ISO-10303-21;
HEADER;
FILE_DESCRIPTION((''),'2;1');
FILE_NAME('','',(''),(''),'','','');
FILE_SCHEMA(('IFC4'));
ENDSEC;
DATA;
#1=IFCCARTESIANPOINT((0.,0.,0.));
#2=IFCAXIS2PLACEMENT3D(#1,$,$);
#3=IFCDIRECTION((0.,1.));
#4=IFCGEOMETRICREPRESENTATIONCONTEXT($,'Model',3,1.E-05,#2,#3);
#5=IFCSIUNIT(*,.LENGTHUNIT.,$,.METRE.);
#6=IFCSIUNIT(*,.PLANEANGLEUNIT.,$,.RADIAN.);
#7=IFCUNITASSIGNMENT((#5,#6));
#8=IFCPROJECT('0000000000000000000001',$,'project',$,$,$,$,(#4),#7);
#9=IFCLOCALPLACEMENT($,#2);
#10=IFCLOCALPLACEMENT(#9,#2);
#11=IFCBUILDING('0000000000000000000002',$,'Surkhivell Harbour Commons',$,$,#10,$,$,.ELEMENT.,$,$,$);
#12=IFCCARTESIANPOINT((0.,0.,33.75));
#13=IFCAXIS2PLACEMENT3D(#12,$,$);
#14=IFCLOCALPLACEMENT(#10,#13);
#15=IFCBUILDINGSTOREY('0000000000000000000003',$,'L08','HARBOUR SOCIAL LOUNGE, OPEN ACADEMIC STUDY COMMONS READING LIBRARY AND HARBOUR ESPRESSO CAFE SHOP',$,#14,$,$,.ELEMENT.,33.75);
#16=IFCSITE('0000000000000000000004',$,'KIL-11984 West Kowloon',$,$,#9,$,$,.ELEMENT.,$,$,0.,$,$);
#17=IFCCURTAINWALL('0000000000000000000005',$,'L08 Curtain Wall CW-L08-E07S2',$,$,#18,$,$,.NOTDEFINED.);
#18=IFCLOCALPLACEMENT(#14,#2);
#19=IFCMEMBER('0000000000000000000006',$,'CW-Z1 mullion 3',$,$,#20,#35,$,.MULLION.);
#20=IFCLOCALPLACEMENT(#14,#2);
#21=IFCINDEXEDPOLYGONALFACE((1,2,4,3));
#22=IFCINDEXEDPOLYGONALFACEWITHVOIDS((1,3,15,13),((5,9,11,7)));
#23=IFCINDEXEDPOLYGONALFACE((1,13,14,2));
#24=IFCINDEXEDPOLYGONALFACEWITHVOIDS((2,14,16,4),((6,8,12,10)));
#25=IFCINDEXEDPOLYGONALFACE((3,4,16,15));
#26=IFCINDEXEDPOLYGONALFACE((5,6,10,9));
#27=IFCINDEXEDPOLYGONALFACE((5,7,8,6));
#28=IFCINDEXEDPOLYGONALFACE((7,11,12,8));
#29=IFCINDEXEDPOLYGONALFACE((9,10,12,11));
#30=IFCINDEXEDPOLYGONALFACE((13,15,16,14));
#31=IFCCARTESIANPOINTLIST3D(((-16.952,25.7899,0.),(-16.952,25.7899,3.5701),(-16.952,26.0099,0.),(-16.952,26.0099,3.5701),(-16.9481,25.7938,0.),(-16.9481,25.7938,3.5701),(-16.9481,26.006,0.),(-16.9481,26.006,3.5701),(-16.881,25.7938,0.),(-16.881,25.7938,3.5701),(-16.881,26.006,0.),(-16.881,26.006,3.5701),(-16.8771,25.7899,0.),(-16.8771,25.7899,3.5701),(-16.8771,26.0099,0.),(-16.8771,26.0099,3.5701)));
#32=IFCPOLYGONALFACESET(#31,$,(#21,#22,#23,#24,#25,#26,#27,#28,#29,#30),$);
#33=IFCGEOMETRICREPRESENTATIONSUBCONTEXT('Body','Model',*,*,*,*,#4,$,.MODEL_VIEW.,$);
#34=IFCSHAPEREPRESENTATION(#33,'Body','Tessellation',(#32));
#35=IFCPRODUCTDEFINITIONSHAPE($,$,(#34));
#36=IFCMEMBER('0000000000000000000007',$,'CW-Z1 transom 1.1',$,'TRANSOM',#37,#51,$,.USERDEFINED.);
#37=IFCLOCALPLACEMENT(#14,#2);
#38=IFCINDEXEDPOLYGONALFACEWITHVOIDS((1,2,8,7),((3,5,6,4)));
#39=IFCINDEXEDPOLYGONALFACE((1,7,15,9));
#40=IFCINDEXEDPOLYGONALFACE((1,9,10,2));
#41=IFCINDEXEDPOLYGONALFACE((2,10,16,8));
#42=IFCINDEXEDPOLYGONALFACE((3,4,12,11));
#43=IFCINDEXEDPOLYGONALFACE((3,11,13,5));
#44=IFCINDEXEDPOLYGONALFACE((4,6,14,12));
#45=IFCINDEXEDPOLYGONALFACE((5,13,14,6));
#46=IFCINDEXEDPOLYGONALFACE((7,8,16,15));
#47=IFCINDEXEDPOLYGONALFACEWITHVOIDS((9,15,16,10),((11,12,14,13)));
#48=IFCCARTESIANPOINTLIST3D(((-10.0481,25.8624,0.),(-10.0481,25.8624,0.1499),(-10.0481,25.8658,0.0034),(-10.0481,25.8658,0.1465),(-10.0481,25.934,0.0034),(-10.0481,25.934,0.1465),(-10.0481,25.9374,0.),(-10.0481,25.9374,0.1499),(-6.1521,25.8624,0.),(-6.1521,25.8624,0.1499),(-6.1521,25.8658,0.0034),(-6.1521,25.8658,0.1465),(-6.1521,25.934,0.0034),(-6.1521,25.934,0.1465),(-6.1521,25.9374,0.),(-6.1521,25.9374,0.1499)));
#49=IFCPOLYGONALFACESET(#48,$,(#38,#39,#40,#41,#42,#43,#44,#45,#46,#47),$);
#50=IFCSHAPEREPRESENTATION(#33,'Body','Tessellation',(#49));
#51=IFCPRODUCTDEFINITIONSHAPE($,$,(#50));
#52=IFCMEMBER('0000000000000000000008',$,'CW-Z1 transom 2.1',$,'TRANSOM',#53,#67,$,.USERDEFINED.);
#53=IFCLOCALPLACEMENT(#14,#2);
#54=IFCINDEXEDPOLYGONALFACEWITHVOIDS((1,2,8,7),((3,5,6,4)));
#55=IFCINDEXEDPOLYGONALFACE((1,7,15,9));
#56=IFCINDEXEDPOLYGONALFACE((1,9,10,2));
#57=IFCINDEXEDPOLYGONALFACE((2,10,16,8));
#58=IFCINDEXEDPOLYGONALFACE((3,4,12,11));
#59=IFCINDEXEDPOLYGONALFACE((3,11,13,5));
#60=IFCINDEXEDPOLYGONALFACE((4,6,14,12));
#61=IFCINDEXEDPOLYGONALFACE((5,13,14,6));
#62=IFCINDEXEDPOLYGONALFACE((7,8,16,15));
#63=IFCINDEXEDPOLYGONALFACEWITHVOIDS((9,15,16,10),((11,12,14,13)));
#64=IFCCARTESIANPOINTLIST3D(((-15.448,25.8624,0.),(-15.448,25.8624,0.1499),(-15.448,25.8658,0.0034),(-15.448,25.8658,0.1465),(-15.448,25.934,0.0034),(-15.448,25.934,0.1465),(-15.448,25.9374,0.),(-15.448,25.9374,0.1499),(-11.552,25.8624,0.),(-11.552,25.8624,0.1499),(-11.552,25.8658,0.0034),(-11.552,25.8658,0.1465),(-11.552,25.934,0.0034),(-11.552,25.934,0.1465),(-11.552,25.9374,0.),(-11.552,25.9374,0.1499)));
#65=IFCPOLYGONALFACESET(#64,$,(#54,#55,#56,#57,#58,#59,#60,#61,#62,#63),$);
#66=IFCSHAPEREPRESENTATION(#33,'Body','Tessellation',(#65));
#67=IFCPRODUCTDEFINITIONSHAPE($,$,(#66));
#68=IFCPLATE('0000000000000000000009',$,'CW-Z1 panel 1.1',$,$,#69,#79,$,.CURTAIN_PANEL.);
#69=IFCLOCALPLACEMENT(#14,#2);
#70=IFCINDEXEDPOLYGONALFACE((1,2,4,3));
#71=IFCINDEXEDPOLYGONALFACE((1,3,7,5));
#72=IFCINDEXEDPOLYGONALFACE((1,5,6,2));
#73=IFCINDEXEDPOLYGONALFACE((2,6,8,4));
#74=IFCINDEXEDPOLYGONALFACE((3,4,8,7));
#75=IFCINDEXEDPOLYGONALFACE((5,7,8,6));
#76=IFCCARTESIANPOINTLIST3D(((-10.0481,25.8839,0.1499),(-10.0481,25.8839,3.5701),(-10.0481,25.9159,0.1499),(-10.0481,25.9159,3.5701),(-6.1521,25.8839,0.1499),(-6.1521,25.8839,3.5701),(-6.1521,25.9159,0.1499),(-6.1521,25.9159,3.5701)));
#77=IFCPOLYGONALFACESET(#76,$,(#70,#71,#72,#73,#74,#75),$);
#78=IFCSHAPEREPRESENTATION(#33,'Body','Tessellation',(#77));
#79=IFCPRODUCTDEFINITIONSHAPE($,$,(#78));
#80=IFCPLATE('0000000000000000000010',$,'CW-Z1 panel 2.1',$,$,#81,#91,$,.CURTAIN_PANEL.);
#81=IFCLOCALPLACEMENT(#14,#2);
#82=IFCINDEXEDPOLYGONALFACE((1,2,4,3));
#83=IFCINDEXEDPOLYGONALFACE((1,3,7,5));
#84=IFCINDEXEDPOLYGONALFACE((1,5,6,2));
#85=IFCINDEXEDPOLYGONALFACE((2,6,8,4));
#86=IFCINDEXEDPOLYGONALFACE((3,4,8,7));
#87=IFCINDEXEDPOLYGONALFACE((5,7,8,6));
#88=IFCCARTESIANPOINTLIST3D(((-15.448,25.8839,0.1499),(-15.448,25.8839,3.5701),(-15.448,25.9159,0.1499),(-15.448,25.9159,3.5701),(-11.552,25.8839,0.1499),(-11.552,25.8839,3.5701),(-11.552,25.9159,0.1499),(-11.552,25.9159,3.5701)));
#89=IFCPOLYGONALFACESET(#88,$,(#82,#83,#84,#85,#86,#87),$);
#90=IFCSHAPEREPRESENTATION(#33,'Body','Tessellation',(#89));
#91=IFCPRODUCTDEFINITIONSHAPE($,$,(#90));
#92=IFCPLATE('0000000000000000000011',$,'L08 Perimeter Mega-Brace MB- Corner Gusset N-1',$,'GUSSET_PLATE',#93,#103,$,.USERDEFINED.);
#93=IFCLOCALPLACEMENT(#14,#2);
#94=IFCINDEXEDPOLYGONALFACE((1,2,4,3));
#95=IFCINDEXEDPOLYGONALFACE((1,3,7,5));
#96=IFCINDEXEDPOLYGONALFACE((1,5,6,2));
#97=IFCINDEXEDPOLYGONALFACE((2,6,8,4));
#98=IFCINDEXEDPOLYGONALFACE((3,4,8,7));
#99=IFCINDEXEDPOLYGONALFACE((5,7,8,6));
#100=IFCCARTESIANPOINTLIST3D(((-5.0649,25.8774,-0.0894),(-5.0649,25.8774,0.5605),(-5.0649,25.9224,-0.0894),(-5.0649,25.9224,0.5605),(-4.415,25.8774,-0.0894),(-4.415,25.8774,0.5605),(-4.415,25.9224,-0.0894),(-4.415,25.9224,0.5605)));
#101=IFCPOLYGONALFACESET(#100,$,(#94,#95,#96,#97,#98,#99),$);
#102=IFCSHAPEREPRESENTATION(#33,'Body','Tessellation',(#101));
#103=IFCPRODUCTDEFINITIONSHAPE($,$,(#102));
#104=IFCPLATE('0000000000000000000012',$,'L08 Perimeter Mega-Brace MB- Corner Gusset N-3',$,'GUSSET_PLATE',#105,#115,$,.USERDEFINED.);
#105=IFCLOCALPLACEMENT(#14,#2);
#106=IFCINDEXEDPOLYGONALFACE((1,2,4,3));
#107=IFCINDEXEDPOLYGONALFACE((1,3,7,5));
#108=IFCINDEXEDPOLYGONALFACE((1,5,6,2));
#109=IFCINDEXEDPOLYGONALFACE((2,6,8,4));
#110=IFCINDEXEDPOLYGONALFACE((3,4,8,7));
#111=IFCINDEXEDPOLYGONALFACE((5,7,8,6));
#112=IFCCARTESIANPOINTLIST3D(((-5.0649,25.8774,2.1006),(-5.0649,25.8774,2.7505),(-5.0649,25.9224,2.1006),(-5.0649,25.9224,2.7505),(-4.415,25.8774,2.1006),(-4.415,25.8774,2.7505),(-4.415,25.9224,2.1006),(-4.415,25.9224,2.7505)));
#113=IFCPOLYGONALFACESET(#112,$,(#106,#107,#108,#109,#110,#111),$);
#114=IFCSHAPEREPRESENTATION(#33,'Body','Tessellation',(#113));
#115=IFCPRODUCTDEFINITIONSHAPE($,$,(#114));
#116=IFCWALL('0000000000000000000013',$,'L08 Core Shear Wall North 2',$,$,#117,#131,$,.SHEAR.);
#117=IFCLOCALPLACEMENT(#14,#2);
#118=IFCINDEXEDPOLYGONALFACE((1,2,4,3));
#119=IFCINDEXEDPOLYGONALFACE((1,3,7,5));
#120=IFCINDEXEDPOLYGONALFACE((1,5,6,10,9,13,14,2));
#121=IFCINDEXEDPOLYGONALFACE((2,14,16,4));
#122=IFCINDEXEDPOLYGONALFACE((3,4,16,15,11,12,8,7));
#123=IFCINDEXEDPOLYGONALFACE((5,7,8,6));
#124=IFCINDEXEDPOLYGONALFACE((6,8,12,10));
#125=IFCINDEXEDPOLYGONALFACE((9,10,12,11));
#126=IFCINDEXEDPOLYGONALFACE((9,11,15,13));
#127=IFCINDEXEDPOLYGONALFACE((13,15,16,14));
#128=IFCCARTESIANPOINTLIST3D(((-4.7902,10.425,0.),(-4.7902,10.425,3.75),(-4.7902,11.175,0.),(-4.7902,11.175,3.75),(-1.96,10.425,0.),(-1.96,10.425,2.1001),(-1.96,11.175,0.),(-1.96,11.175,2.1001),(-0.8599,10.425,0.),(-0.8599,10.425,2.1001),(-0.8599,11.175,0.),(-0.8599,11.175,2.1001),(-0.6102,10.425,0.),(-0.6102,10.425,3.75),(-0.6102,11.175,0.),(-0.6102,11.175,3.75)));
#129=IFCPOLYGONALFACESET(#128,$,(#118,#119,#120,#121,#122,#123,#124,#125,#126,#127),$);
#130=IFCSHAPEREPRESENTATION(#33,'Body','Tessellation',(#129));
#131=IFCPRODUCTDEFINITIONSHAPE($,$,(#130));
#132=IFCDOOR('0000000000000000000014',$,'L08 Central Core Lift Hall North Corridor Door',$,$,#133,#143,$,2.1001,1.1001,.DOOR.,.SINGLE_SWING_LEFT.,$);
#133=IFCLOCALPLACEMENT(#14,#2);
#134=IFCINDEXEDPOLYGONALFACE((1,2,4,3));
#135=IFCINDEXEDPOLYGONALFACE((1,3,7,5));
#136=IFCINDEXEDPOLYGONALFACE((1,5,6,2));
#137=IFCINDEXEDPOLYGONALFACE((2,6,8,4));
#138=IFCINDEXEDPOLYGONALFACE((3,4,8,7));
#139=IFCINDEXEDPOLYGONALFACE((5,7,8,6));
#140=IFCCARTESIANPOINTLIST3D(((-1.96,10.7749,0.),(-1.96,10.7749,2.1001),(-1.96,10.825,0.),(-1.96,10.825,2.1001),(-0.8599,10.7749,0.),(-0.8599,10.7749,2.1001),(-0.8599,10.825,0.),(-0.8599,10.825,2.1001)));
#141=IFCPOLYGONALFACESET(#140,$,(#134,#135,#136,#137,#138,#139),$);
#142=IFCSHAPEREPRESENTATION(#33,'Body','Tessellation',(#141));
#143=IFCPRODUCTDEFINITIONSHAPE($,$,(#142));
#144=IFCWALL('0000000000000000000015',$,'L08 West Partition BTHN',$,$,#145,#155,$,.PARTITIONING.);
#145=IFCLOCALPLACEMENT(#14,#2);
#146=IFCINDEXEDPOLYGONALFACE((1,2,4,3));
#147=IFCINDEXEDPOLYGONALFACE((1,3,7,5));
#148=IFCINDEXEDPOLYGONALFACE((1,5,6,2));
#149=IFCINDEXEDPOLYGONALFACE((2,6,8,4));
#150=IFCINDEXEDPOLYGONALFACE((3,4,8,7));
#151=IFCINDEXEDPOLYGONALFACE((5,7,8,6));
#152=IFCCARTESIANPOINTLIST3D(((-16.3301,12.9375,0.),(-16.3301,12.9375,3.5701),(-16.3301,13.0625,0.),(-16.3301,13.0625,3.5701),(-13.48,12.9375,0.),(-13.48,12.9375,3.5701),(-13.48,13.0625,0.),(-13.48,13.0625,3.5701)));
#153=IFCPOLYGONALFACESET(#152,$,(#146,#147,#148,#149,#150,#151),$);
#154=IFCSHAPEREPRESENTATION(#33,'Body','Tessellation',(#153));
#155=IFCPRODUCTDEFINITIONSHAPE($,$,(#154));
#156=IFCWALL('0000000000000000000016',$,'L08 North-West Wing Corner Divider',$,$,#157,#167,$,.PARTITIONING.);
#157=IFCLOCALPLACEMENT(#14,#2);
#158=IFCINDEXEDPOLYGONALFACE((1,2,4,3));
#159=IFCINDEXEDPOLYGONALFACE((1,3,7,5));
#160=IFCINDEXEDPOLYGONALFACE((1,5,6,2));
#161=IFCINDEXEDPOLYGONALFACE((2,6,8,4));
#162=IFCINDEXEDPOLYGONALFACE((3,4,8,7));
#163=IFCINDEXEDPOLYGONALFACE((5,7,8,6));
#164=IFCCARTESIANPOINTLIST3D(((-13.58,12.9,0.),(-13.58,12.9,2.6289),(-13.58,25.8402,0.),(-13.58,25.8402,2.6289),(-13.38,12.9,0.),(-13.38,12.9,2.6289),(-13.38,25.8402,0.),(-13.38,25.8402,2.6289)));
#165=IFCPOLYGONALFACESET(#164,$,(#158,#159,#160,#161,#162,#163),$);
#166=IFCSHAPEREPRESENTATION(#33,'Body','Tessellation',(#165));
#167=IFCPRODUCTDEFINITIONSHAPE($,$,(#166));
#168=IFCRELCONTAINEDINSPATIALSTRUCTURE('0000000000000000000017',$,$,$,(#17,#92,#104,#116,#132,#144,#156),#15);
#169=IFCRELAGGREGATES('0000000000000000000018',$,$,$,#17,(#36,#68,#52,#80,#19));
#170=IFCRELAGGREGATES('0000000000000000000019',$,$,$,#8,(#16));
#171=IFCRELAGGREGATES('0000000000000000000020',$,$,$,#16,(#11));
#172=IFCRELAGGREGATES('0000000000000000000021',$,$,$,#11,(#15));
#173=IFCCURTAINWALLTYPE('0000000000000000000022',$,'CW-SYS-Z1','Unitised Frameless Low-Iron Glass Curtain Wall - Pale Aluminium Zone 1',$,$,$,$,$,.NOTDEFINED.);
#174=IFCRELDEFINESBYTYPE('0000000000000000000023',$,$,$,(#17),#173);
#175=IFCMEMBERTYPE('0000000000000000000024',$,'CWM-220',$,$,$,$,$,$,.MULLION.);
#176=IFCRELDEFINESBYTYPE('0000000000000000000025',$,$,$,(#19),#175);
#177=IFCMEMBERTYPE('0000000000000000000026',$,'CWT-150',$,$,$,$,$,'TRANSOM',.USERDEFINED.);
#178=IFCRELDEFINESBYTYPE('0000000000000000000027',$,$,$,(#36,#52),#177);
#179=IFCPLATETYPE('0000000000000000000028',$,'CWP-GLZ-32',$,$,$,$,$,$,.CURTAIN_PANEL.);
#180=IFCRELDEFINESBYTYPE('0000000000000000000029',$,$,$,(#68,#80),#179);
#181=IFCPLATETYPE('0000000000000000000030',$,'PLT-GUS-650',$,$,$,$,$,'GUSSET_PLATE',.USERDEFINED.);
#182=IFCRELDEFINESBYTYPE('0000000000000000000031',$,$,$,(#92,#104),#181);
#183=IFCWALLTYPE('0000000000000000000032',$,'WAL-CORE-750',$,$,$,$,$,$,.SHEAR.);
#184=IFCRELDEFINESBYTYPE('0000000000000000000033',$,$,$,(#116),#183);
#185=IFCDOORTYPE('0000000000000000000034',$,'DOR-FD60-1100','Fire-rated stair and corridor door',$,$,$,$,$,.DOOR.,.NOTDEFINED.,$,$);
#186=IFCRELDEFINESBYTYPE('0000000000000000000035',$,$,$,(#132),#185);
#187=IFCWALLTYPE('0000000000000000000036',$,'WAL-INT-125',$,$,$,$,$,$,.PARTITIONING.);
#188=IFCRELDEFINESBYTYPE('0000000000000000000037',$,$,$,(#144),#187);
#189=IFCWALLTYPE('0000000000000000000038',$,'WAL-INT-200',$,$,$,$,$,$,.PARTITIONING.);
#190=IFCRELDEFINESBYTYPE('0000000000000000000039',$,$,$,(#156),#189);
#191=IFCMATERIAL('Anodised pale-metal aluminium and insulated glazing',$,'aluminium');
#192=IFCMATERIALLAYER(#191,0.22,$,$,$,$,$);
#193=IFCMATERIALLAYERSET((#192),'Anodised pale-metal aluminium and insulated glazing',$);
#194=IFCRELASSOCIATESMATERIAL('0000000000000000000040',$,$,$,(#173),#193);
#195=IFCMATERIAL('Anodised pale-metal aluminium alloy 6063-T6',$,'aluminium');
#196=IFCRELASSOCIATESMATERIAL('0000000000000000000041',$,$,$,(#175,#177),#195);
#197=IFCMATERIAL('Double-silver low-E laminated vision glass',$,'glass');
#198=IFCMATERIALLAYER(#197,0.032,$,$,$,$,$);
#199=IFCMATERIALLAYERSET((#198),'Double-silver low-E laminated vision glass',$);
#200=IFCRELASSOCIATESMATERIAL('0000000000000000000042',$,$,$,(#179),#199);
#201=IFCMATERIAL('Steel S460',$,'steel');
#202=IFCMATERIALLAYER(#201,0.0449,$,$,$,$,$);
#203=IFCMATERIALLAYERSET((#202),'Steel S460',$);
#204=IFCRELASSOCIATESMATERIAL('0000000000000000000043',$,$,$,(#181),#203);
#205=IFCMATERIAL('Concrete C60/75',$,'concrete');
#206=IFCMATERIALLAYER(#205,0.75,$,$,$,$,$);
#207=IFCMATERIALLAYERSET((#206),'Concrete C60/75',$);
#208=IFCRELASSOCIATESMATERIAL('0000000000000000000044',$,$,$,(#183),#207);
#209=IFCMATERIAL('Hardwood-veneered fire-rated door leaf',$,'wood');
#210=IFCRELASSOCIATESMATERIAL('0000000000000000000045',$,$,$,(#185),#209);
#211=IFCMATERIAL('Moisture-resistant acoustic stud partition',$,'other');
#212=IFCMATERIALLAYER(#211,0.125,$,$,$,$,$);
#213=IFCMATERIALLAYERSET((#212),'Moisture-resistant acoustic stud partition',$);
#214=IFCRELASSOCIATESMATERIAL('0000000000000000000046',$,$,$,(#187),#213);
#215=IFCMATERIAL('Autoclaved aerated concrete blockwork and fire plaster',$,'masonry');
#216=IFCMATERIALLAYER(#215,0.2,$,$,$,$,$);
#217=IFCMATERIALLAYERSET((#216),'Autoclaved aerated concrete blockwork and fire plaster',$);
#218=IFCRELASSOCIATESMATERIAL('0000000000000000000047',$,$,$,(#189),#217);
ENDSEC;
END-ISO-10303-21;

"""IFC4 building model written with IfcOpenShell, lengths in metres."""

from ifc_helpers import new_model, si_unit, direction, frame, frame_2d, origin, origin_2d, place, context, subcontext, project, spatial, rectangle, hollow_rectangle, extrude, material, layer, layer_set, material_profile, profile_set, type_object, element, fill, aggregate, save


model = new_model("IFC4")

# Units and contexts
model_context = context("Model", 3, precision=1e-05, world=origin(), true_north=direction((0.0, 1.0)))
body_context = subcontext(model_context, "Body", "Model", "MODEL_VIEW")
ifc_project = project(units=[si_unit("LENGTHUNIT", "METRE"), si_unit("PLANEANGLEUNIT", "RADIAN")], contexts=[model_context])

# Site, building, storey
site_placement = place(None, origin())
site = spatial("IfcSite", under=ifc_project, at=site_placement, Name="KIL-11984 West Kowloon", CompositionType="ELEMENT", RefElevation=0.0)
building_placement = place(site_placement, origin())
building = spatial("IfcBuilding", under=site, at=building_placement, Name="Surkhivell Harbour Commons", CompositionType="ELEMENT")
storey_placement = place(building_placement, frame((0.0, 0.0, 33.75)))
storey = spatial("IfcBuildingStorey", under=building, at=storey_placement, Name="L08", Description="HARBOUR SOCIAL LOUNGE, OPEN ACADEMIC STUDY COMMONS READING LIBRARY AND HARBOUR ESPRESSO CAFE SHOP", CompositionType="ELEMENT", Elevation=33.75)

# Shared definitions
ifc_material_1 = material(Name="Steel S460", Category="steel")

# Curtain wall, members, plates
ifc_material_2 = material(Name="Anodised pale-metal aluminium and insulated glazing", Category="aluminium")
ifc_layer_1 = layer(ifc_material_2, 0.22)
ifc_layer_set_1 = layer_set([ifc_layer_1], Name="Anodised pale-metal aluminium and insulated glazing")
curtain_wall_type = type_object("IfcCurtainWallType", Name="CW-SYS-Z1", Description="Unitised Frameless Low-Iron Glass Curtain Wall - Pale Aluminium Zone 1", PredefinedType="NOTDEFINED", material=ifc_layer_set_1)
curtain_wall_placement = place(storey_placement, origin())
curtain_wall = element("IfcCurtainWall", 1, at=curtain_wall_placement, inside=storey, type_object=curtain_wall_type, Name="L08 Curtain Wall CW-L08-E07S2", PredefinedType="NOTDEFINED")
ifc_material_3 = material(Name="Anodised pale-metal aluminium alloy 6063-T6", Category="aluminium")
ifc_material_profile_1 = material_profile(ifc_material_3, hollow_rectangle(XDim=0.075, YDim=0.22, WallThickness=0.0039, at=origin_2d()), Name="ALU-MULL-75x220")
ifc_profile_set_1 = profile_set([ifc_material_profile_1], Name="Anodised pale-metal aluminium alloy 6063-T6")
member_type_1 = type_object("IfcMemberType", Name="CWM-220", PredefinedType="MULLION", material=ifc_profile_set_1)
member_1_placement = place(storey_placement, frame((-16.9146, 25.8999, 0.0), z_axis=(0.0, 0.0, 1.0), x_axis=(-1.0, 0.0, 0.0)))
member_1 = element("IfcMember", 2, at=member_1_placement, type_object=member_type_1, Name="CW-Z1 mullion 3", PredefinedType="MULLION", context=body_context, shape_type="SweptSolid", body=[
    extrude(hollow_rectangle(XDim=0.075, YDim=0.22, WallThickness=0.0039, at=origin_2d()), origin(), (0.0, 0.0, 1.0), 3.5701),
])
ifc_material_profile_2 = material_profile(ifc_material_3, hollow_rectangle(XDim=0.075, YDim=0.1499, WallThickness=0.0034, at=origin_2d()), Name="ALU-TRAN-75x150")
ifc_profile_set_2 = profile_set([ifc_material_profile_2], Name="Anodised pale-metal aluminium alloy 6063-T6")
member_type_2 = type_object("IfcMemberType", Name="CWT-150", ElementType="TRANSOM", PredefinedType="USERDEFINED", material=ifc_profile_set_2)
member_2_placement = place(storey_placement, frame((-6.1521, 25.8999, 0.075), z_axis=(-1.0, 0.0, 0.0), x_axis=(0.0, -1.0, 0.0)))
member_2 = element("IfcMember", 3, at=member_2_placement, type_object=member_type_2, Name="CW-Z1 transom 1.1", ObjectType="TRANSOM", PredefinedType="USERDEFINED", context=body_context, shape_type="SweptSolid", body=[
    extrude(hollow_rectangle(XDim=0.075, YDim=0.1499, WallThickness=0.0034, at=origin_2d()), origin(), (0.0, 0.0, 1.0), 3.896),
])
member_3_placement = place(storey_placement, frame((-11.552, 25.8999, 0.075), z_axis=(-1.0, 0.0, 0.0), x_axis=(0.0, -1.0, 0.0)))
member_3 = element("IfcMember", 4, at=member_3_placement, type_object=member_type_2, Name="CW-Z1 transom 2.1", ObjectType="TRANSOM", PredefinedType="USERDEFINED", context=body_context, shape_type="SweptSolid", body=[
    extrude(hollow_rectangle(XDim=0.075, YDim=0.1499, WallThickness=0.0034, at=origin_2d()), origin(), (0.0, 0.0, 1.0), 3.896),
])
ifc_material_4 = material(Name="Double-silver low-E laminated vision glass", Category="glass")
ifc_layer_2 = layer(ifc_material_4, 0.032)
ifc_layer_set_2 = layer_set([ifc_layer_2], Name="Double-silver low-E laminated vision glass")
plate_type_1 = type_object("IfcPlateType", Name="CWP-GLZ-32", PredefinedType="CURTAIN_PANEL", material=ifc_layer_set_2)
plate_1_placement = place(storey_placement, frame((-6.1521, 25.8999, 0.1499), z_axis=(0.0, 0.0, 1.0), x_axis=(-1.0, 0.0, 0.0)))
plate_1 = element("IfcPlate", 5, at=plate_1_placement, type_object=plate_type_1, Name="CW-Z1 panel 1.1", PredefinedType="CURTAIN_PANEL", context=body_context, shape_type="SweptSolid", body=[
    extrude(rectangle(XDim=3.896, YDim=0.032, at=frame_2d((1.948, 0.0))), origin(), (0.0, 0.0, 1.0), 3.4202),
])
plate_2_placement = place(storey_placement, frame((-11.552, 25.8999, 0.1499), z_axis=(0.0, 0.0, 1.0), x_axis=(-1.0, 0.0, 0.0)))
plate_2 = element("IfcPlate", 6, at=plate_2_placement, type_object=plate_type_1, Name="CW-Z1 panel 2.1", PredefinedType="CURTAIN_PANEL", context=body_context, shape_type="SweptSolid", body=[
    extrude(rectangle(XDim=3.896, YDim=0.032, at=frame_2d((1.948, 0.0))), origin(), (0.0, 0.0, 1.0), 3.4202),
])
aggregate(curtain_wall, [member_2, plate_1, member_3, plate_2, member_1])

# Plates
ifc_layer_3 = layer(ifc_material_1, 0.0449)
ifc_layer_set_3 = layer_set([ifc_layer_3], Name="Steel S460")
plate_type_2 = type_object("IfcPlateType", Name="PLT-GUS-650", ElementType="GUSSET_PLATE", PredefinedType="USERDEFINED", material=ifc_layer_set_3)
for number, where, z_axis, x_axis, name in (
    (7, (-4.74, 25.8999, -0.0894), (0.0, 0.0, 1.0), (1.0, 0.0, 0.0), "L08 Perimeter Mega-Brace MB- Corner Gusset N-1"),
    (8, (-4.74, 25.8999, 2.1006), (0.0, 0.0, 1.0), (1.0, 0.0, 0.0), "L08 Perimeter Mega-Brace MB- Corner Gusset N-3"),
):
    element("IfcPlate", number, at=place(storey_placement, frame(where, z_axis=z_axis, x_axis=x_axis)), inside=storey, type_object=plate_type_2, Name=name, ObjectType="GUSSET_PLATE", PredefinedType="USERDEFINED", context=body_context, shape_type="SweptSolid", body=[
        extrude(rectangle(XDim=0.6499, YDim=0.0449, at=origin_2d()), origin(), (0.0, 0.0, 1.0), 0.6499),
    ])

# Wall, opening, door
ifc_material_5 = material(Name="Concrete C60/75", Category="concrete")
ifc_layer_4 = layer(ifc_material_5, 0.75)
ifc_layer_set_4 = layer_set([ifc_layer_4], Name="Concrete C60/75")
wall_type_1 = type_object("IfcWallType", Name="WAL-CORE-750", PredefinedType="SHEAR", material=ifc_layer_set_4)
wall_1_placement = place(storey_placement, frame((-4.79, 10.8, 0.0), z_axis=(0.0, 0.0, 1.0), x_axis=(1.0, 0.0, 0.0)))
wall_1 = element("IfcWall", 9, at=wall_1_placement, inside=storey, type_object=wall_type_1, Name="L08 Core Shear Wall North 2", PredefinedType="SHEAR", context=body_context, shape_type="SweptSolid", body=[
    extrude(rectangle(XDim=4.1799, YDim=0.75, at=frame_2d((2.0898, 0.0))), origin(), (0.0, 0.0, 1.0), 3.75),
])
opening_1_placement = place(wall_1_placement, frame((2.8301, 0.0, 0.0)))
opening_1 = element("IfcOpeningElement", 10, at=opening_1_placement, cuts=wall_1, PredefinedType="OPENING", context=body_context, shape_type="SweptSolid", body=[
    extrude(rectangle(XDim=1.1001, YDim=2.1001, at=frame_2d((0.55, 1.05))), frame((0.0, 0.385, 0.0), z_axis=(0.0, -1.0, 0.0), x_axis=(1.0, 0.0, 0.0)), (0.0, 0.0, 1.0), 0.77),
])
ifc_material_6 = material(Name="Hardwood-veneered fire-rated door leaf", Category="wood")
door_type_1 = type_object("IfcDoorType", Name="DOR-FD60-1100", Description="Fire-rated stair and corridor door", OperationType="NOTDEFINED", PredefinedType="DOOR", material=ifc_material_6)
door_1_placement = place(opening_1_placement, origin())
door_1 = element("IfcDoor", 11, at=door_1_placement, inside=storey, type_object=door_type_1, Name="L08 Central Core Lift Hall North Corridor Door", OperationType="SINGLE_SWING_LEFT", OverallHeight=2.1001, OverallWidth=1.1001, PredefinedType="DOOR", context=body_context, shape_type="SweptSolid", body=[
    extrude(rectangle(XDim=1.1001, YDim=2.1001, at=frame_2d((0.55, 1.05))), frame((0.0, 0.0249, 0.0), z_axis=(0.0, -1.0, 0.0), x_axis=(1.0, 0.0, 0.0)), (0.0, 0.0, 1.0), 0.05),
])
fill(opening_1, door_1)

# Walls
ifc_material_7 = material(Name="Moisture-resistant acoustic stud partition", Category="other")
ifc_layer_5 = layer(ifc_material_7, 0.125)
ifc_layer_set_5 = layer_set([ifc_layer_5], Name="Moisture-resistant acoustic stud partition")
wall_type_2 = type_object("IfcWallType", Name="WAL-INT-125", PredefinedType="PARTITIONING", material=ifc_layer_set_5)
wall_2_placement = place(storey_placement, frame((-16.3301, 13.0, 0.0), z_axis=(0.0, 0.0, 1.0), x_axis=(1.0, 0.0, 0.0)))
element("IfcWall", 12, at=wall_2_placement, inside=storey, type_object=wall_type_2, Name="L08 West Partition BTHN", PredefinedType="PARTITIONING", context=body_context, shape_type="SweptSolid", body=[
    extrude(rectangle(XDim=2.8501, YDim=0.125, at=frame_2d((1.425, 0.0))), origin(), (0.0, 0.0, 1.0), 3.5701),
])
ifc_material_8 = material(Name="Autoclaved aerated concrete blockwork and fire plaster", Category="masonry")
ifc_layer_6 = layer(ifc_material_8, 0.2)
ifc_layer_set_6 = layer_set([ifc_layer_6], Name="Autoclaved aerated concrete blockwork and fire plaster")
wall_type_3 = type_object("IfcWallType", Name="WAL-INT-200", PredefinedType="PARTITIONING", material=ifc_layer_set_6)
wall_3_placement = place(storey_placement, frame((-13.48, 12.8999, 0.0), z_axis=(0.0, 0.0, 1.0), x_axis=(0.0, 1.0, 0.0)))
element("IfcWall", 13, at=wall_3_placement, inside=storey, type_object=wall_type_3, Name="L08 North-West Wing Corner Divider", PredefinedType="PARTITIONING", context=body_context, shape_type="SweptSolid", body=[
    extrude(rectangle(XDim=12.9402, YDim=0.2, at=frame_2d((6.4702, 0.0))), origin(), (0.0, 0.0, 1.0), 2.6289),
])

save(model, "model.ifc")
